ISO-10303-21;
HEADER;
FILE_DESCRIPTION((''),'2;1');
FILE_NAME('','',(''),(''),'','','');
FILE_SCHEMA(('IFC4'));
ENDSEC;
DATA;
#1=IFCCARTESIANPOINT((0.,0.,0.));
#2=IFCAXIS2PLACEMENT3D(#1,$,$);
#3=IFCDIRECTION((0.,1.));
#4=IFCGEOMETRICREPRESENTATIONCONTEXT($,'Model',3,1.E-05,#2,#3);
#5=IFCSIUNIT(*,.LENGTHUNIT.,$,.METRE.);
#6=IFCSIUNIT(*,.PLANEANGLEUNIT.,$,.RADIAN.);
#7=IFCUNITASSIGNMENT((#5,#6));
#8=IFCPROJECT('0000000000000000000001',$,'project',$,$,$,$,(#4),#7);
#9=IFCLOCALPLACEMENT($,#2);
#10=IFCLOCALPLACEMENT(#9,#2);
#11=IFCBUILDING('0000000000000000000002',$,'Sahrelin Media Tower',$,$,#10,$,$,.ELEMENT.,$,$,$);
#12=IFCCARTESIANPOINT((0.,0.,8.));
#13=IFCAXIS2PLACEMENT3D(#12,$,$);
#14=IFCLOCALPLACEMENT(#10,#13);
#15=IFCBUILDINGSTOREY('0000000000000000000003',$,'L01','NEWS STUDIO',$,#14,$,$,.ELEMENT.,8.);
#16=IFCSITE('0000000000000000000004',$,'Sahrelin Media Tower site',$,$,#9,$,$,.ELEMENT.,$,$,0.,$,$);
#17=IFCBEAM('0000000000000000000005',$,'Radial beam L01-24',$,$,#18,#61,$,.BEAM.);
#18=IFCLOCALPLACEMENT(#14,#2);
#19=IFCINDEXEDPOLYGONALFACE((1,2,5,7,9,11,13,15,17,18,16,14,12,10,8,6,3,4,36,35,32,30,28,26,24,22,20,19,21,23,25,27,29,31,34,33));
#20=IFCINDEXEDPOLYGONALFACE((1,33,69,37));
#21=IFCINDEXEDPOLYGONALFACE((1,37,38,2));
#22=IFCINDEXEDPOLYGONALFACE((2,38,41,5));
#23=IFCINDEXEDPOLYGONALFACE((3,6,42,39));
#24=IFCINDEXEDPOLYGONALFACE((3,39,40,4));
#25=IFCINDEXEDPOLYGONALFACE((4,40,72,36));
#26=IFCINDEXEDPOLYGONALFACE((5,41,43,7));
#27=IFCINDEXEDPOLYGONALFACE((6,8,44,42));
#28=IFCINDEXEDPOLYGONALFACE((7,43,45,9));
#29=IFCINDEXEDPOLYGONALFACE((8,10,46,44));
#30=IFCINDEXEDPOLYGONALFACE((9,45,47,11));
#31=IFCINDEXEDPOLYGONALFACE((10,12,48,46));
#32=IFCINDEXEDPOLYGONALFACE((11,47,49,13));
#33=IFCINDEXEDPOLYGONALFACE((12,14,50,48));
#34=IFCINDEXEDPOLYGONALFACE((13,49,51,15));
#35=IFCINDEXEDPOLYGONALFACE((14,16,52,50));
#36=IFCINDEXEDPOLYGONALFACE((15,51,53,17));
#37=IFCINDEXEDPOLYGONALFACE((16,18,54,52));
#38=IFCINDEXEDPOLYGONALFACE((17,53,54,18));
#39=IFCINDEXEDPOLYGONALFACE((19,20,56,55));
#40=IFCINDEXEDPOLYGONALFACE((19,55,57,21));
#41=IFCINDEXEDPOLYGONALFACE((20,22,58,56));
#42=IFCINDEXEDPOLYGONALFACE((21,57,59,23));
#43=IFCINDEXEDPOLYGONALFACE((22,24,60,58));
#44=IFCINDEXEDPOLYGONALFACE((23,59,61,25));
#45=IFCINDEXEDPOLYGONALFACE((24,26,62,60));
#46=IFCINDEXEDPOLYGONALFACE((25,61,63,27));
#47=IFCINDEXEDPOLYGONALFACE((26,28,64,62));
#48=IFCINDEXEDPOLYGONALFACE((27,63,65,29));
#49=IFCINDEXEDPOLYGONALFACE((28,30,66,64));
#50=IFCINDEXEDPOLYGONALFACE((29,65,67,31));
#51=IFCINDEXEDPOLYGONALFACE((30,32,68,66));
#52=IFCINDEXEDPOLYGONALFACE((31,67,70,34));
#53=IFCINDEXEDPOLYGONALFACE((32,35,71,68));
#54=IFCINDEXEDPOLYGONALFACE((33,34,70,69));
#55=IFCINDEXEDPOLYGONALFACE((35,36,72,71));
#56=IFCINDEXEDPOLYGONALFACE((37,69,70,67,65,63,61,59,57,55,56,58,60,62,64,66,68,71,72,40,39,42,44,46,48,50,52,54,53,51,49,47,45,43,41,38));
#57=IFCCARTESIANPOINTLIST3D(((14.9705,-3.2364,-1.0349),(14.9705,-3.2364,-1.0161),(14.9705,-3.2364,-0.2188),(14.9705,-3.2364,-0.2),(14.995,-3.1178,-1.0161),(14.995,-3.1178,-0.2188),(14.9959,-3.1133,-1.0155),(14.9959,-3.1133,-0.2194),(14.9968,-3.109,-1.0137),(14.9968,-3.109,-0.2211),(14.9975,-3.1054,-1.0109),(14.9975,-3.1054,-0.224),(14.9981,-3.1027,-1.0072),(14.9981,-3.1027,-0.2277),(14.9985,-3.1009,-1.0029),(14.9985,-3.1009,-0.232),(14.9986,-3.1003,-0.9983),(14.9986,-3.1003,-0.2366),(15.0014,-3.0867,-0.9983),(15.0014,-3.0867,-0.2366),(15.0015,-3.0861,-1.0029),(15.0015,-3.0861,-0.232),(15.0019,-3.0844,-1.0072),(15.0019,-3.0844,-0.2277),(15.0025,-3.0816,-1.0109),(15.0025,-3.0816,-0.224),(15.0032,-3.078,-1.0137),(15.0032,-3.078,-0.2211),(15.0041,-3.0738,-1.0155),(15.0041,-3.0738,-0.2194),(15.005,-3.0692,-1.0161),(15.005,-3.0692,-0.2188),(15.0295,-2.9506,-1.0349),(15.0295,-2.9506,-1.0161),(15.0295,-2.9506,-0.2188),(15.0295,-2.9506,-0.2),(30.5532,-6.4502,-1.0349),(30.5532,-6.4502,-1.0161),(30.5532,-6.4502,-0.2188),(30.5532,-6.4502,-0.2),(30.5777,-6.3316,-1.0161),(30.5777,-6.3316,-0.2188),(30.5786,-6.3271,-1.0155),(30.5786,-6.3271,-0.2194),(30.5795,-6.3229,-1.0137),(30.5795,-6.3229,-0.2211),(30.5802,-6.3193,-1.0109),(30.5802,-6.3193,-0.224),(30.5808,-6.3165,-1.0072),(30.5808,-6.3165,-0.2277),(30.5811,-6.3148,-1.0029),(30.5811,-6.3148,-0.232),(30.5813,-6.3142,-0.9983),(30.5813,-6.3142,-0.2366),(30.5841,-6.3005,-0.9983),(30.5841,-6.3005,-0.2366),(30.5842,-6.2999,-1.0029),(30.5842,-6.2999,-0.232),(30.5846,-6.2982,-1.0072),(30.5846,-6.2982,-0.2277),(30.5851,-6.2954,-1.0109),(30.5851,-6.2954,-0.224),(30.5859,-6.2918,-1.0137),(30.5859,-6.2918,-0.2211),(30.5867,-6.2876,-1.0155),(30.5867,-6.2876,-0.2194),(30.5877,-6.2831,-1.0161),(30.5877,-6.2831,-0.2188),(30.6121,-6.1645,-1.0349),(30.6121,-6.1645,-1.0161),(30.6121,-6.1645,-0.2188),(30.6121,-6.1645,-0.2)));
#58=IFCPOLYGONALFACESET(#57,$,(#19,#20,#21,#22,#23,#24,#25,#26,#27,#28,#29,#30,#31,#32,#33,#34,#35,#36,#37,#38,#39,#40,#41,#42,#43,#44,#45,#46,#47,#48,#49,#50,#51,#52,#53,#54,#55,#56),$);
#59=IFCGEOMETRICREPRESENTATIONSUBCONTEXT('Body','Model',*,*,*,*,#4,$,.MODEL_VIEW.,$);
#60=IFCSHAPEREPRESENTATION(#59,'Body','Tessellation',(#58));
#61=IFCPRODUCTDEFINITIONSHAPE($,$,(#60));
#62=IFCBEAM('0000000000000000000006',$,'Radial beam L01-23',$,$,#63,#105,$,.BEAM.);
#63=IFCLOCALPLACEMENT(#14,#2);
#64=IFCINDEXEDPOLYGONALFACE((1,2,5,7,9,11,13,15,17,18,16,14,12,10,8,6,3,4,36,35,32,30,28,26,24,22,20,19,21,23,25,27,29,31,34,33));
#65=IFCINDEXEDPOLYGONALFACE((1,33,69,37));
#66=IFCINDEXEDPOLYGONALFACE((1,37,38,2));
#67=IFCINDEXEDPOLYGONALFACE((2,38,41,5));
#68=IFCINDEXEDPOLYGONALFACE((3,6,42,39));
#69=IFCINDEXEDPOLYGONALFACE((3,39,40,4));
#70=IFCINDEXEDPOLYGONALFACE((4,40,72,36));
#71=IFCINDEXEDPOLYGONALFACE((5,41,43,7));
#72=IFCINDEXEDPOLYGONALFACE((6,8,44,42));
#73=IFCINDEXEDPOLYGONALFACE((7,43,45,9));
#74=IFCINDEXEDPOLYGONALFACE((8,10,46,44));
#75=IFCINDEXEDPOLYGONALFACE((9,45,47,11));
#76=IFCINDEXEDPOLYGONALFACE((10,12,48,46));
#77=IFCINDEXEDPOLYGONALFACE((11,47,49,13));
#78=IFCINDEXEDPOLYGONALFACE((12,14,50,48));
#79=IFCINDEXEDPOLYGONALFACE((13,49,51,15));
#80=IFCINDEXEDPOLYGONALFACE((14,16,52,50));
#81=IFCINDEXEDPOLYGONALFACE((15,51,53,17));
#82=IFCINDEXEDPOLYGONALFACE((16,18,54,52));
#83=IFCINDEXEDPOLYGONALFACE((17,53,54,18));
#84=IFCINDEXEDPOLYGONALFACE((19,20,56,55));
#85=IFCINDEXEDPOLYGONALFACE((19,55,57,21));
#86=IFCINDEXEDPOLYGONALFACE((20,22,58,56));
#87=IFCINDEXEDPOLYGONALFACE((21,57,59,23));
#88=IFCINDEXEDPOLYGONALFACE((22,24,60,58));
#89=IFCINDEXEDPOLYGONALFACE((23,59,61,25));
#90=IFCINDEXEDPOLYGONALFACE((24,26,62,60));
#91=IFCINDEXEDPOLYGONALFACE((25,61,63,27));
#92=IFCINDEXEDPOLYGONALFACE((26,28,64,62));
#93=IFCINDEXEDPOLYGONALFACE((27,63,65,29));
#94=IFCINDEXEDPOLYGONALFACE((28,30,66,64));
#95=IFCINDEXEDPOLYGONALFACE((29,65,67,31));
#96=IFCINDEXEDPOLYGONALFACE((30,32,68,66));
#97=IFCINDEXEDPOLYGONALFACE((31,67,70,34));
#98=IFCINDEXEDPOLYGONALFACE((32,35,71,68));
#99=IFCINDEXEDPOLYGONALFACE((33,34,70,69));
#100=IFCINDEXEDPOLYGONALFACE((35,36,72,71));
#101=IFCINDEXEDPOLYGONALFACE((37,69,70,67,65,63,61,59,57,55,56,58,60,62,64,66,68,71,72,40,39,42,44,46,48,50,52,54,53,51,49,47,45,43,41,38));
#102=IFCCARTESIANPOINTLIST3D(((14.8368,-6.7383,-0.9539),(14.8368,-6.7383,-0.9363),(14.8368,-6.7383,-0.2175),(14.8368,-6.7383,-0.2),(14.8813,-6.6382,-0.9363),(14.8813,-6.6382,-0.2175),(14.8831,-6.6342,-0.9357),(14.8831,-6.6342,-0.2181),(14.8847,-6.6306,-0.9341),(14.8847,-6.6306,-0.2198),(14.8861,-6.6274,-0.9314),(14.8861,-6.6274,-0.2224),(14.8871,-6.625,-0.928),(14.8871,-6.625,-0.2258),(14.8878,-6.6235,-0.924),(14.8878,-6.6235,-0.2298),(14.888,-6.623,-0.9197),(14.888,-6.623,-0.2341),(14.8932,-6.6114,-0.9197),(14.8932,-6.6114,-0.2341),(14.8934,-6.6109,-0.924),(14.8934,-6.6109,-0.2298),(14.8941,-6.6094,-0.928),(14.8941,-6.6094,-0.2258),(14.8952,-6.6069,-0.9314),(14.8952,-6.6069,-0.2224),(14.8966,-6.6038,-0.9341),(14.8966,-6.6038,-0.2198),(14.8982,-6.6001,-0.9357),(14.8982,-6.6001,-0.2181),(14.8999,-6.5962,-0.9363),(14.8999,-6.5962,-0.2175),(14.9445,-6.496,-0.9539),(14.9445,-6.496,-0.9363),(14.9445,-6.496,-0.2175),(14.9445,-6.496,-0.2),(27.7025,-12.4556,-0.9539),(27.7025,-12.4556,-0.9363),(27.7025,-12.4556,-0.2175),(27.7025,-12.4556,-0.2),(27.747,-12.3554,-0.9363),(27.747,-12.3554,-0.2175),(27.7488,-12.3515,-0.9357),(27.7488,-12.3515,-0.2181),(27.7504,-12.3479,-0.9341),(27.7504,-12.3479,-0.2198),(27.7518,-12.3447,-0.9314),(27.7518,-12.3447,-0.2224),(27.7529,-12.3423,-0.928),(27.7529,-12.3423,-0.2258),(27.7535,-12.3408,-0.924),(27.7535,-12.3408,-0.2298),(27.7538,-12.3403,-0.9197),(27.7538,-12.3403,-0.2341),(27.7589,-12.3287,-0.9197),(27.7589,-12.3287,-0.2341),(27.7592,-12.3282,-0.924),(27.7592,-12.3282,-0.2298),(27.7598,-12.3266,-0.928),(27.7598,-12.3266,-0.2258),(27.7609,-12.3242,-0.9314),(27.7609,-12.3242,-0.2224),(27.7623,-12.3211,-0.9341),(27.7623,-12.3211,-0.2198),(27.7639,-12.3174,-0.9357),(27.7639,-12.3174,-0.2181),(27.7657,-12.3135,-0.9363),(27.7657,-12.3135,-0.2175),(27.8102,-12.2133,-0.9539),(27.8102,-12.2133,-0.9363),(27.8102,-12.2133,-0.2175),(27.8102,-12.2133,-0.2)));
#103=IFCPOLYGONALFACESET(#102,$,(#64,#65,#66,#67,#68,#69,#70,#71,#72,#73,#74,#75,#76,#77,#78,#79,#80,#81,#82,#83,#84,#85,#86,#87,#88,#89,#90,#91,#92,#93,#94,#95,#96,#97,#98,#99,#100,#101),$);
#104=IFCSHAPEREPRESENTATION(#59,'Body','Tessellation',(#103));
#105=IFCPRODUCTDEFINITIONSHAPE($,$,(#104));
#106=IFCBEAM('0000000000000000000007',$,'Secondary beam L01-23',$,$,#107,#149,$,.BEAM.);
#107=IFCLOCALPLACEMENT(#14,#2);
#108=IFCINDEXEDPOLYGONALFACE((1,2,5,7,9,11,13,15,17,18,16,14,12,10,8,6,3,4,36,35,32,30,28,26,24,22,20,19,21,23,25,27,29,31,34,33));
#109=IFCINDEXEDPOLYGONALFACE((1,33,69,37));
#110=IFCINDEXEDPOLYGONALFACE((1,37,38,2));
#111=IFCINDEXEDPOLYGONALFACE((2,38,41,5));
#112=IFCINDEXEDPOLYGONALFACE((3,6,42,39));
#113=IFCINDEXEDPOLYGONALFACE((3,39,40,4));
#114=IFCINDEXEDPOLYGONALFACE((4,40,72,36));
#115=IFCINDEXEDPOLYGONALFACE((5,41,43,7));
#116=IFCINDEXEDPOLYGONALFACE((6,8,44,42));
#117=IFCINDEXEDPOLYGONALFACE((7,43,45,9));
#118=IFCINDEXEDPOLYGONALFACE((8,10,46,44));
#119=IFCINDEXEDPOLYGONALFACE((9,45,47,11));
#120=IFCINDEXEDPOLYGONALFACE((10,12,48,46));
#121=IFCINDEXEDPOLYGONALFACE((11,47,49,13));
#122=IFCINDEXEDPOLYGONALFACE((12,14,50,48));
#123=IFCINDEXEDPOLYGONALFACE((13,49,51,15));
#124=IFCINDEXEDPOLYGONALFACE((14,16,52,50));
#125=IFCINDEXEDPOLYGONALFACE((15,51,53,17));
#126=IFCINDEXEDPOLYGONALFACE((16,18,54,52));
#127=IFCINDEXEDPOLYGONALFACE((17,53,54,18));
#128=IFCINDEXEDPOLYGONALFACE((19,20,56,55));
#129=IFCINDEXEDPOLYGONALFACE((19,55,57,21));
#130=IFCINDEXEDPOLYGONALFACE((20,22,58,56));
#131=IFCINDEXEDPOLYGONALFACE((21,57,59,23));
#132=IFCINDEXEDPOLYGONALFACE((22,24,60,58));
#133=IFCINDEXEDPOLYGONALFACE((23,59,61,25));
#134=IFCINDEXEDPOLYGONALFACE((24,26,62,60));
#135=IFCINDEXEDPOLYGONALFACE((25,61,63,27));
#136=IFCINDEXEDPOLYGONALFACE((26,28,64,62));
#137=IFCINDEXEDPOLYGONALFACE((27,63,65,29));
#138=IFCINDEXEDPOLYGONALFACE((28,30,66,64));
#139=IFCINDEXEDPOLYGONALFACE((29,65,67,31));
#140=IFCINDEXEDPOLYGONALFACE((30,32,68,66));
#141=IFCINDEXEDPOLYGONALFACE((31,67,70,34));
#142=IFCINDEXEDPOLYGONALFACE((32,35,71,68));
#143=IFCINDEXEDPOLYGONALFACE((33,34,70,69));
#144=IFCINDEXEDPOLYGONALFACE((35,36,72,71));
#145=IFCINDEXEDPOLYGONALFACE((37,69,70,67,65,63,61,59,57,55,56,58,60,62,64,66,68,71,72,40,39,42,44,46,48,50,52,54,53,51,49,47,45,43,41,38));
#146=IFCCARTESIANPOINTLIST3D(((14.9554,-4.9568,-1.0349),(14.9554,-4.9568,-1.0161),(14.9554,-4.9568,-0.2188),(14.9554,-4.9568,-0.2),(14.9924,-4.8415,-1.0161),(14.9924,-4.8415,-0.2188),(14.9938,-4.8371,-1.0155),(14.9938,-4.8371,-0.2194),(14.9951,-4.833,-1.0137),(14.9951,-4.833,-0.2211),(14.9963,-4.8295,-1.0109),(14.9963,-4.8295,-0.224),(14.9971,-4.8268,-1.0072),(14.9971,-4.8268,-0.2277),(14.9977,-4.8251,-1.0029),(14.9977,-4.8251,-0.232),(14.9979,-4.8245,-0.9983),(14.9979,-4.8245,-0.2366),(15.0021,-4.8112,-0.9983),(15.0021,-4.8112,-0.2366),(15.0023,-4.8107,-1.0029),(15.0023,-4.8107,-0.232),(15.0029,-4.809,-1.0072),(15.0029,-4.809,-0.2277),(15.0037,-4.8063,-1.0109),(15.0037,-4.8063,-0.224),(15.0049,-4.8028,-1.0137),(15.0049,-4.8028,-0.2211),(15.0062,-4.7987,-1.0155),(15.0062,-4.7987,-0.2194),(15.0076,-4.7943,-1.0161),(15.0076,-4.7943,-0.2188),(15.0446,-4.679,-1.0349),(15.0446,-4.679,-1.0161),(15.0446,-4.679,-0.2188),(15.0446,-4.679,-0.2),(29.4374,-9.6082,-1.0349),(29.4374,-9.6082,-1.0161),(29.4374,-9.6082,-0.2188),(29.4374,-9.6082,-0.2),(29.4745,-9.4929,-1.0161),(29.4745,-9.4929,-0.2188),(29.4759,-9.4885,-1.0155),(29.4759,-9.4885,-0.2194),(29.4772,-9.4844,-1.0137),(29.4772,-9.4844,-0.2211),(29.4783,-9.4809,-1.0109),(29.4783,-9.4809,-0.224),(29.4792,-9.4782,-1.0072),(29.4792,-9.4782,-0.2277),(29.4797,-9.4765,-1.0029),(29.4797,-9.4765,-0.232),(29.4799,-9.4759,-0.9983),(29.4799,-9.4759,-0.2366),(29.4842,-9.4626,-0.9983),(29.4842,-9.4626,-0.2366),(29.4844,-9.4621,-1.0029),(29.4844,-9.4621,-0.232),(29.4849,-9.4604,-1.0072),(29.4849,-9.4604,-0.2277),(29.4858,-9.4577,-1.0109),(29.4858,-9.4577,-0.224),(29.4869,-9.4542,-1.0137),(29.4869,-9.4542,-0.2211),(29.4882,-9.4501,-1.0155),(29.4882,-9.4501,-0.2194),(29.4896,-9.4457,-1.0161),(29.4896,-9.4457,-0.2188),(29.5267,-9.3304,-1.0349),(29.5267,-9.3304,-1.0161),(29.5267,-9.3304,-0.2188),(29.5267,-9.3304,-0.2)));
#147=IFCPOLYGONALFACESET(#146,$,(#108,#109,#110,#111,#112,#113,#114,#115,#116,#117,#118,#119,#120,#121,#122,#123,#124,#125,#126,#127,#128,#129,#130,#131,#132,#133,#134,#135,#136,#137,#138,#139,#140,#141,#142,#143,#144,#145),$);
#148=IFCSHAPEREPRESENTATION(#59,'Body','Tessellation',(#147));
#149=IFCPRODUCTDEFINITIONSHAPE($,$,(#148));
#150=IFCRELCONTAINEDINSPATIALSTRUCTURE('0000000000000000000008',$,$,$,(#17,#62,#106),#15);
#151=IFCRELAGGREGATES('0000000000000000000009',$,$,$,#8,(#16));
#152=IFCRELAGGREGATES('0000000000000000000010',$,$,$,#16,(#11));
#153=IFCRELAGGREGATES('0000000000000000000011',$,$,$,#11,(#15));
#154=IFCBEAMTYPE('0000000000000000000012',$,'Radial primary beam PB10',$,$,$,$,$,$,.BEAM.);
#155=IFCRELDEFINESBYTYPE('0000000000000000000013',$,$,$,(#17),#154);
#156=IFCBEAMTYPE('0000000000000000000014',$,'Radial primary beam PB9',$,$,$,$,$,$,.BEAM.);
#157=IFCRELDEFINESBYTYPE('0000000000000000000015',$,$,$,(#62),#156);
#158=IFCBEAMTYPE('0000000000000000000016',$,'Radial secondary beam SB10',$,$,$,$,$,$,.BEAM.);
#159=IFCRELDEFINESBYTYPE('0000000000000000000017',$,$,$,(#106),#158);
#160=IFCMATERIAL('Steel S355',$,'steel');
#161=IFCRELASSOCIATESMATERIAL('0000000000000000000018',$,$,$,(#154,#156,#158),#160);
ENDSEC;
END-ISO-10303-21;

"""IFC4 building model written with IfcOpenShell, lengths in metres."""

from ifc_helpers import new_model, si_unit, direction, frame, origin, origin_2d, place, context, subcontext, project, spatial, i_section, extrude, material, material_profile, profile_set, type_object, element, save


model = new_model("IFC4")

# Units and contexts
model_context = context("Model", 3, precision=1e-05, world=origin(), true_north=direction((0.0, 1.0)))
body_context = subcontext(model_context, "Body", "Model", "MODEL_VIEW")
ifc_project = project(units=[si_unit("LENGTHUNIT", "METRE"), si_unit("PLANEANGLEUNIT", "RADIAN")], contexts=[model_context])

# Site, building, storey
site_placement = place(None, origin())
site = spatial("IfcSite", under=ifc_project, at=site_placement, Name="Sahrelin Media Tower site", CompositionType="ELEMENT", RefElevation=0.0)
building_placement = place(site_placement, origin())
building = spatial("IfcBuilding", under=site, at=building_placement, Name="Sahrelin Media Tower", CompositionType="ELEMENT")
storey_placement = place(building_placement, frame((0.0, 0.0, 8.0)))
storey = spatial("IfcBuildingStorey", under=building, at=storey_placement, Name="L01", Description="NEWS STUDIO", CompositionType="ELEMENT", Elevation=8.0)

# Beams
ifc_material_1 = material(Name="Steel S355", Category="steel")
ifc_material_profile_1 = material_profile(ifc_material_1, i_section(OverallWidth=0.2917, OverallDepth=0.835, WebThickness=0.0139, FlangeThickness=0.0188, FilletRadius=0.0178, at=origin_2d()), Name="UB 838x292x176")
ifc_profile_set_1 = profile_set([ifc_material_profile_1], Name="Steel S355")
beam_type_1 = type_object("IfcBeamType", Name="Radial primary beam PB10", PredefinedType="BEAM", material=ifc_profile_set_1)
beam_1_placement = place(storey_placement, frame((15.0, -3.0935, -0.6174), z_axis=(0.979387, -0.201994, 0.0), x_axis=(0.201994, 0.979387, 0.0)))
element("IfcBeam", 1, at=beam_1_placement, inside=storey, type_object=beam_type_1, Name="Radial beam L01-24", PredefinedType="BEAM", context=body_context, shape_type="SweptSolid", body=[
    extrude(i_section(OverallWidth=0.2917, OverallDepth=0.835, WebThickness=0.0139, FlangeThickness=0.0188, FilletRadius=0.0178, at=origin_2d()), origin(), (0.0, 0.0, 1.0), 15.9106),
])
ifc_material_profile_2 = material_profile(ifc_material_1, i_section(OverallWidth=0.2651, OverallDepth=0.7539, WebThickness=0.0127, FlangeThickness=0.0176, FilletRadius=0.0166, at=origin_2d()), Name="UB 762x267x147")
ifc_profile_set_2 = profile_set([ifc_material_profile_2], Name="Steel S355")
beam_type_2 = type_object("IfcBeamType", Name="Radial primary beam PB9", PredefinedType="BEAM", material=ifc_profile_set_2)
beam_2_placement = place(storey_placement, frame((14.8906, -6.6172, -0.5769), z_axis=(0.913833, -0.40609, 0.0), x_axis=(0.40609, 0.913833, 0.0)))
element("IfcBeam", 2, at=beam_2_placement, inside=storey, type_object=beam_type_2, Name="Radial beam L01-23", PredefinedType="BEAM", context=body_context, shape_type="SweptSolid", body=[
    extrude(i_section(OverallWidth=0.2651, OverallDepth=0.7539, WebThickness=0.0127, FlangeThickness=0.0176, FilletRadius=0.0166, at=origin_2d()), origin(), (0.0, 0.0, 1.0), 14.0789),
])
ifc_material_profile_3 = material_profile(ifc_material_1, i_section(OverallWidth=0.2917, OverallDepth=0.835, WebThickness=0.0139, FlangeThickness=0.0188, FilletRadius=0.0178, at=origin_2d()), Name="UB 838x292x176")
ifc_profile_set_3 = profile_set([ifc_material_profile_3], Name="Steel S355")
beam_type_3 = type_object("IfcBeamType", Name="Radial secondary beam SB10", PredefinedType="BEAM", material=ifc_profile_set_3)
beam_3_placement = place(storey_placement, frame((15.0, -4.8179, -0.6174), z_axis=(0.952096, -0.305798, 0.0), x_axis=(0.305798, 0.952096, 0.0)))
element("IfcBeam", 3, at=beam_3_placement, inside=storey, type_object=beam_type_3, Name="Secondary beam L01-23", PredefinedType="BEAM", context=body_context, shape_type="SweptSolid", body=[
    extrude(i_section(OverallWidth=0.2917, OverallDepth=0.835, WebThickness=0.0139, FlangeThickness=0.0188, FilletRadius=0.0178, at=origin_2d()), origin(), (0.0, 0.0, 1.0), 15.2107),
])

save(model, "model.ifc")
